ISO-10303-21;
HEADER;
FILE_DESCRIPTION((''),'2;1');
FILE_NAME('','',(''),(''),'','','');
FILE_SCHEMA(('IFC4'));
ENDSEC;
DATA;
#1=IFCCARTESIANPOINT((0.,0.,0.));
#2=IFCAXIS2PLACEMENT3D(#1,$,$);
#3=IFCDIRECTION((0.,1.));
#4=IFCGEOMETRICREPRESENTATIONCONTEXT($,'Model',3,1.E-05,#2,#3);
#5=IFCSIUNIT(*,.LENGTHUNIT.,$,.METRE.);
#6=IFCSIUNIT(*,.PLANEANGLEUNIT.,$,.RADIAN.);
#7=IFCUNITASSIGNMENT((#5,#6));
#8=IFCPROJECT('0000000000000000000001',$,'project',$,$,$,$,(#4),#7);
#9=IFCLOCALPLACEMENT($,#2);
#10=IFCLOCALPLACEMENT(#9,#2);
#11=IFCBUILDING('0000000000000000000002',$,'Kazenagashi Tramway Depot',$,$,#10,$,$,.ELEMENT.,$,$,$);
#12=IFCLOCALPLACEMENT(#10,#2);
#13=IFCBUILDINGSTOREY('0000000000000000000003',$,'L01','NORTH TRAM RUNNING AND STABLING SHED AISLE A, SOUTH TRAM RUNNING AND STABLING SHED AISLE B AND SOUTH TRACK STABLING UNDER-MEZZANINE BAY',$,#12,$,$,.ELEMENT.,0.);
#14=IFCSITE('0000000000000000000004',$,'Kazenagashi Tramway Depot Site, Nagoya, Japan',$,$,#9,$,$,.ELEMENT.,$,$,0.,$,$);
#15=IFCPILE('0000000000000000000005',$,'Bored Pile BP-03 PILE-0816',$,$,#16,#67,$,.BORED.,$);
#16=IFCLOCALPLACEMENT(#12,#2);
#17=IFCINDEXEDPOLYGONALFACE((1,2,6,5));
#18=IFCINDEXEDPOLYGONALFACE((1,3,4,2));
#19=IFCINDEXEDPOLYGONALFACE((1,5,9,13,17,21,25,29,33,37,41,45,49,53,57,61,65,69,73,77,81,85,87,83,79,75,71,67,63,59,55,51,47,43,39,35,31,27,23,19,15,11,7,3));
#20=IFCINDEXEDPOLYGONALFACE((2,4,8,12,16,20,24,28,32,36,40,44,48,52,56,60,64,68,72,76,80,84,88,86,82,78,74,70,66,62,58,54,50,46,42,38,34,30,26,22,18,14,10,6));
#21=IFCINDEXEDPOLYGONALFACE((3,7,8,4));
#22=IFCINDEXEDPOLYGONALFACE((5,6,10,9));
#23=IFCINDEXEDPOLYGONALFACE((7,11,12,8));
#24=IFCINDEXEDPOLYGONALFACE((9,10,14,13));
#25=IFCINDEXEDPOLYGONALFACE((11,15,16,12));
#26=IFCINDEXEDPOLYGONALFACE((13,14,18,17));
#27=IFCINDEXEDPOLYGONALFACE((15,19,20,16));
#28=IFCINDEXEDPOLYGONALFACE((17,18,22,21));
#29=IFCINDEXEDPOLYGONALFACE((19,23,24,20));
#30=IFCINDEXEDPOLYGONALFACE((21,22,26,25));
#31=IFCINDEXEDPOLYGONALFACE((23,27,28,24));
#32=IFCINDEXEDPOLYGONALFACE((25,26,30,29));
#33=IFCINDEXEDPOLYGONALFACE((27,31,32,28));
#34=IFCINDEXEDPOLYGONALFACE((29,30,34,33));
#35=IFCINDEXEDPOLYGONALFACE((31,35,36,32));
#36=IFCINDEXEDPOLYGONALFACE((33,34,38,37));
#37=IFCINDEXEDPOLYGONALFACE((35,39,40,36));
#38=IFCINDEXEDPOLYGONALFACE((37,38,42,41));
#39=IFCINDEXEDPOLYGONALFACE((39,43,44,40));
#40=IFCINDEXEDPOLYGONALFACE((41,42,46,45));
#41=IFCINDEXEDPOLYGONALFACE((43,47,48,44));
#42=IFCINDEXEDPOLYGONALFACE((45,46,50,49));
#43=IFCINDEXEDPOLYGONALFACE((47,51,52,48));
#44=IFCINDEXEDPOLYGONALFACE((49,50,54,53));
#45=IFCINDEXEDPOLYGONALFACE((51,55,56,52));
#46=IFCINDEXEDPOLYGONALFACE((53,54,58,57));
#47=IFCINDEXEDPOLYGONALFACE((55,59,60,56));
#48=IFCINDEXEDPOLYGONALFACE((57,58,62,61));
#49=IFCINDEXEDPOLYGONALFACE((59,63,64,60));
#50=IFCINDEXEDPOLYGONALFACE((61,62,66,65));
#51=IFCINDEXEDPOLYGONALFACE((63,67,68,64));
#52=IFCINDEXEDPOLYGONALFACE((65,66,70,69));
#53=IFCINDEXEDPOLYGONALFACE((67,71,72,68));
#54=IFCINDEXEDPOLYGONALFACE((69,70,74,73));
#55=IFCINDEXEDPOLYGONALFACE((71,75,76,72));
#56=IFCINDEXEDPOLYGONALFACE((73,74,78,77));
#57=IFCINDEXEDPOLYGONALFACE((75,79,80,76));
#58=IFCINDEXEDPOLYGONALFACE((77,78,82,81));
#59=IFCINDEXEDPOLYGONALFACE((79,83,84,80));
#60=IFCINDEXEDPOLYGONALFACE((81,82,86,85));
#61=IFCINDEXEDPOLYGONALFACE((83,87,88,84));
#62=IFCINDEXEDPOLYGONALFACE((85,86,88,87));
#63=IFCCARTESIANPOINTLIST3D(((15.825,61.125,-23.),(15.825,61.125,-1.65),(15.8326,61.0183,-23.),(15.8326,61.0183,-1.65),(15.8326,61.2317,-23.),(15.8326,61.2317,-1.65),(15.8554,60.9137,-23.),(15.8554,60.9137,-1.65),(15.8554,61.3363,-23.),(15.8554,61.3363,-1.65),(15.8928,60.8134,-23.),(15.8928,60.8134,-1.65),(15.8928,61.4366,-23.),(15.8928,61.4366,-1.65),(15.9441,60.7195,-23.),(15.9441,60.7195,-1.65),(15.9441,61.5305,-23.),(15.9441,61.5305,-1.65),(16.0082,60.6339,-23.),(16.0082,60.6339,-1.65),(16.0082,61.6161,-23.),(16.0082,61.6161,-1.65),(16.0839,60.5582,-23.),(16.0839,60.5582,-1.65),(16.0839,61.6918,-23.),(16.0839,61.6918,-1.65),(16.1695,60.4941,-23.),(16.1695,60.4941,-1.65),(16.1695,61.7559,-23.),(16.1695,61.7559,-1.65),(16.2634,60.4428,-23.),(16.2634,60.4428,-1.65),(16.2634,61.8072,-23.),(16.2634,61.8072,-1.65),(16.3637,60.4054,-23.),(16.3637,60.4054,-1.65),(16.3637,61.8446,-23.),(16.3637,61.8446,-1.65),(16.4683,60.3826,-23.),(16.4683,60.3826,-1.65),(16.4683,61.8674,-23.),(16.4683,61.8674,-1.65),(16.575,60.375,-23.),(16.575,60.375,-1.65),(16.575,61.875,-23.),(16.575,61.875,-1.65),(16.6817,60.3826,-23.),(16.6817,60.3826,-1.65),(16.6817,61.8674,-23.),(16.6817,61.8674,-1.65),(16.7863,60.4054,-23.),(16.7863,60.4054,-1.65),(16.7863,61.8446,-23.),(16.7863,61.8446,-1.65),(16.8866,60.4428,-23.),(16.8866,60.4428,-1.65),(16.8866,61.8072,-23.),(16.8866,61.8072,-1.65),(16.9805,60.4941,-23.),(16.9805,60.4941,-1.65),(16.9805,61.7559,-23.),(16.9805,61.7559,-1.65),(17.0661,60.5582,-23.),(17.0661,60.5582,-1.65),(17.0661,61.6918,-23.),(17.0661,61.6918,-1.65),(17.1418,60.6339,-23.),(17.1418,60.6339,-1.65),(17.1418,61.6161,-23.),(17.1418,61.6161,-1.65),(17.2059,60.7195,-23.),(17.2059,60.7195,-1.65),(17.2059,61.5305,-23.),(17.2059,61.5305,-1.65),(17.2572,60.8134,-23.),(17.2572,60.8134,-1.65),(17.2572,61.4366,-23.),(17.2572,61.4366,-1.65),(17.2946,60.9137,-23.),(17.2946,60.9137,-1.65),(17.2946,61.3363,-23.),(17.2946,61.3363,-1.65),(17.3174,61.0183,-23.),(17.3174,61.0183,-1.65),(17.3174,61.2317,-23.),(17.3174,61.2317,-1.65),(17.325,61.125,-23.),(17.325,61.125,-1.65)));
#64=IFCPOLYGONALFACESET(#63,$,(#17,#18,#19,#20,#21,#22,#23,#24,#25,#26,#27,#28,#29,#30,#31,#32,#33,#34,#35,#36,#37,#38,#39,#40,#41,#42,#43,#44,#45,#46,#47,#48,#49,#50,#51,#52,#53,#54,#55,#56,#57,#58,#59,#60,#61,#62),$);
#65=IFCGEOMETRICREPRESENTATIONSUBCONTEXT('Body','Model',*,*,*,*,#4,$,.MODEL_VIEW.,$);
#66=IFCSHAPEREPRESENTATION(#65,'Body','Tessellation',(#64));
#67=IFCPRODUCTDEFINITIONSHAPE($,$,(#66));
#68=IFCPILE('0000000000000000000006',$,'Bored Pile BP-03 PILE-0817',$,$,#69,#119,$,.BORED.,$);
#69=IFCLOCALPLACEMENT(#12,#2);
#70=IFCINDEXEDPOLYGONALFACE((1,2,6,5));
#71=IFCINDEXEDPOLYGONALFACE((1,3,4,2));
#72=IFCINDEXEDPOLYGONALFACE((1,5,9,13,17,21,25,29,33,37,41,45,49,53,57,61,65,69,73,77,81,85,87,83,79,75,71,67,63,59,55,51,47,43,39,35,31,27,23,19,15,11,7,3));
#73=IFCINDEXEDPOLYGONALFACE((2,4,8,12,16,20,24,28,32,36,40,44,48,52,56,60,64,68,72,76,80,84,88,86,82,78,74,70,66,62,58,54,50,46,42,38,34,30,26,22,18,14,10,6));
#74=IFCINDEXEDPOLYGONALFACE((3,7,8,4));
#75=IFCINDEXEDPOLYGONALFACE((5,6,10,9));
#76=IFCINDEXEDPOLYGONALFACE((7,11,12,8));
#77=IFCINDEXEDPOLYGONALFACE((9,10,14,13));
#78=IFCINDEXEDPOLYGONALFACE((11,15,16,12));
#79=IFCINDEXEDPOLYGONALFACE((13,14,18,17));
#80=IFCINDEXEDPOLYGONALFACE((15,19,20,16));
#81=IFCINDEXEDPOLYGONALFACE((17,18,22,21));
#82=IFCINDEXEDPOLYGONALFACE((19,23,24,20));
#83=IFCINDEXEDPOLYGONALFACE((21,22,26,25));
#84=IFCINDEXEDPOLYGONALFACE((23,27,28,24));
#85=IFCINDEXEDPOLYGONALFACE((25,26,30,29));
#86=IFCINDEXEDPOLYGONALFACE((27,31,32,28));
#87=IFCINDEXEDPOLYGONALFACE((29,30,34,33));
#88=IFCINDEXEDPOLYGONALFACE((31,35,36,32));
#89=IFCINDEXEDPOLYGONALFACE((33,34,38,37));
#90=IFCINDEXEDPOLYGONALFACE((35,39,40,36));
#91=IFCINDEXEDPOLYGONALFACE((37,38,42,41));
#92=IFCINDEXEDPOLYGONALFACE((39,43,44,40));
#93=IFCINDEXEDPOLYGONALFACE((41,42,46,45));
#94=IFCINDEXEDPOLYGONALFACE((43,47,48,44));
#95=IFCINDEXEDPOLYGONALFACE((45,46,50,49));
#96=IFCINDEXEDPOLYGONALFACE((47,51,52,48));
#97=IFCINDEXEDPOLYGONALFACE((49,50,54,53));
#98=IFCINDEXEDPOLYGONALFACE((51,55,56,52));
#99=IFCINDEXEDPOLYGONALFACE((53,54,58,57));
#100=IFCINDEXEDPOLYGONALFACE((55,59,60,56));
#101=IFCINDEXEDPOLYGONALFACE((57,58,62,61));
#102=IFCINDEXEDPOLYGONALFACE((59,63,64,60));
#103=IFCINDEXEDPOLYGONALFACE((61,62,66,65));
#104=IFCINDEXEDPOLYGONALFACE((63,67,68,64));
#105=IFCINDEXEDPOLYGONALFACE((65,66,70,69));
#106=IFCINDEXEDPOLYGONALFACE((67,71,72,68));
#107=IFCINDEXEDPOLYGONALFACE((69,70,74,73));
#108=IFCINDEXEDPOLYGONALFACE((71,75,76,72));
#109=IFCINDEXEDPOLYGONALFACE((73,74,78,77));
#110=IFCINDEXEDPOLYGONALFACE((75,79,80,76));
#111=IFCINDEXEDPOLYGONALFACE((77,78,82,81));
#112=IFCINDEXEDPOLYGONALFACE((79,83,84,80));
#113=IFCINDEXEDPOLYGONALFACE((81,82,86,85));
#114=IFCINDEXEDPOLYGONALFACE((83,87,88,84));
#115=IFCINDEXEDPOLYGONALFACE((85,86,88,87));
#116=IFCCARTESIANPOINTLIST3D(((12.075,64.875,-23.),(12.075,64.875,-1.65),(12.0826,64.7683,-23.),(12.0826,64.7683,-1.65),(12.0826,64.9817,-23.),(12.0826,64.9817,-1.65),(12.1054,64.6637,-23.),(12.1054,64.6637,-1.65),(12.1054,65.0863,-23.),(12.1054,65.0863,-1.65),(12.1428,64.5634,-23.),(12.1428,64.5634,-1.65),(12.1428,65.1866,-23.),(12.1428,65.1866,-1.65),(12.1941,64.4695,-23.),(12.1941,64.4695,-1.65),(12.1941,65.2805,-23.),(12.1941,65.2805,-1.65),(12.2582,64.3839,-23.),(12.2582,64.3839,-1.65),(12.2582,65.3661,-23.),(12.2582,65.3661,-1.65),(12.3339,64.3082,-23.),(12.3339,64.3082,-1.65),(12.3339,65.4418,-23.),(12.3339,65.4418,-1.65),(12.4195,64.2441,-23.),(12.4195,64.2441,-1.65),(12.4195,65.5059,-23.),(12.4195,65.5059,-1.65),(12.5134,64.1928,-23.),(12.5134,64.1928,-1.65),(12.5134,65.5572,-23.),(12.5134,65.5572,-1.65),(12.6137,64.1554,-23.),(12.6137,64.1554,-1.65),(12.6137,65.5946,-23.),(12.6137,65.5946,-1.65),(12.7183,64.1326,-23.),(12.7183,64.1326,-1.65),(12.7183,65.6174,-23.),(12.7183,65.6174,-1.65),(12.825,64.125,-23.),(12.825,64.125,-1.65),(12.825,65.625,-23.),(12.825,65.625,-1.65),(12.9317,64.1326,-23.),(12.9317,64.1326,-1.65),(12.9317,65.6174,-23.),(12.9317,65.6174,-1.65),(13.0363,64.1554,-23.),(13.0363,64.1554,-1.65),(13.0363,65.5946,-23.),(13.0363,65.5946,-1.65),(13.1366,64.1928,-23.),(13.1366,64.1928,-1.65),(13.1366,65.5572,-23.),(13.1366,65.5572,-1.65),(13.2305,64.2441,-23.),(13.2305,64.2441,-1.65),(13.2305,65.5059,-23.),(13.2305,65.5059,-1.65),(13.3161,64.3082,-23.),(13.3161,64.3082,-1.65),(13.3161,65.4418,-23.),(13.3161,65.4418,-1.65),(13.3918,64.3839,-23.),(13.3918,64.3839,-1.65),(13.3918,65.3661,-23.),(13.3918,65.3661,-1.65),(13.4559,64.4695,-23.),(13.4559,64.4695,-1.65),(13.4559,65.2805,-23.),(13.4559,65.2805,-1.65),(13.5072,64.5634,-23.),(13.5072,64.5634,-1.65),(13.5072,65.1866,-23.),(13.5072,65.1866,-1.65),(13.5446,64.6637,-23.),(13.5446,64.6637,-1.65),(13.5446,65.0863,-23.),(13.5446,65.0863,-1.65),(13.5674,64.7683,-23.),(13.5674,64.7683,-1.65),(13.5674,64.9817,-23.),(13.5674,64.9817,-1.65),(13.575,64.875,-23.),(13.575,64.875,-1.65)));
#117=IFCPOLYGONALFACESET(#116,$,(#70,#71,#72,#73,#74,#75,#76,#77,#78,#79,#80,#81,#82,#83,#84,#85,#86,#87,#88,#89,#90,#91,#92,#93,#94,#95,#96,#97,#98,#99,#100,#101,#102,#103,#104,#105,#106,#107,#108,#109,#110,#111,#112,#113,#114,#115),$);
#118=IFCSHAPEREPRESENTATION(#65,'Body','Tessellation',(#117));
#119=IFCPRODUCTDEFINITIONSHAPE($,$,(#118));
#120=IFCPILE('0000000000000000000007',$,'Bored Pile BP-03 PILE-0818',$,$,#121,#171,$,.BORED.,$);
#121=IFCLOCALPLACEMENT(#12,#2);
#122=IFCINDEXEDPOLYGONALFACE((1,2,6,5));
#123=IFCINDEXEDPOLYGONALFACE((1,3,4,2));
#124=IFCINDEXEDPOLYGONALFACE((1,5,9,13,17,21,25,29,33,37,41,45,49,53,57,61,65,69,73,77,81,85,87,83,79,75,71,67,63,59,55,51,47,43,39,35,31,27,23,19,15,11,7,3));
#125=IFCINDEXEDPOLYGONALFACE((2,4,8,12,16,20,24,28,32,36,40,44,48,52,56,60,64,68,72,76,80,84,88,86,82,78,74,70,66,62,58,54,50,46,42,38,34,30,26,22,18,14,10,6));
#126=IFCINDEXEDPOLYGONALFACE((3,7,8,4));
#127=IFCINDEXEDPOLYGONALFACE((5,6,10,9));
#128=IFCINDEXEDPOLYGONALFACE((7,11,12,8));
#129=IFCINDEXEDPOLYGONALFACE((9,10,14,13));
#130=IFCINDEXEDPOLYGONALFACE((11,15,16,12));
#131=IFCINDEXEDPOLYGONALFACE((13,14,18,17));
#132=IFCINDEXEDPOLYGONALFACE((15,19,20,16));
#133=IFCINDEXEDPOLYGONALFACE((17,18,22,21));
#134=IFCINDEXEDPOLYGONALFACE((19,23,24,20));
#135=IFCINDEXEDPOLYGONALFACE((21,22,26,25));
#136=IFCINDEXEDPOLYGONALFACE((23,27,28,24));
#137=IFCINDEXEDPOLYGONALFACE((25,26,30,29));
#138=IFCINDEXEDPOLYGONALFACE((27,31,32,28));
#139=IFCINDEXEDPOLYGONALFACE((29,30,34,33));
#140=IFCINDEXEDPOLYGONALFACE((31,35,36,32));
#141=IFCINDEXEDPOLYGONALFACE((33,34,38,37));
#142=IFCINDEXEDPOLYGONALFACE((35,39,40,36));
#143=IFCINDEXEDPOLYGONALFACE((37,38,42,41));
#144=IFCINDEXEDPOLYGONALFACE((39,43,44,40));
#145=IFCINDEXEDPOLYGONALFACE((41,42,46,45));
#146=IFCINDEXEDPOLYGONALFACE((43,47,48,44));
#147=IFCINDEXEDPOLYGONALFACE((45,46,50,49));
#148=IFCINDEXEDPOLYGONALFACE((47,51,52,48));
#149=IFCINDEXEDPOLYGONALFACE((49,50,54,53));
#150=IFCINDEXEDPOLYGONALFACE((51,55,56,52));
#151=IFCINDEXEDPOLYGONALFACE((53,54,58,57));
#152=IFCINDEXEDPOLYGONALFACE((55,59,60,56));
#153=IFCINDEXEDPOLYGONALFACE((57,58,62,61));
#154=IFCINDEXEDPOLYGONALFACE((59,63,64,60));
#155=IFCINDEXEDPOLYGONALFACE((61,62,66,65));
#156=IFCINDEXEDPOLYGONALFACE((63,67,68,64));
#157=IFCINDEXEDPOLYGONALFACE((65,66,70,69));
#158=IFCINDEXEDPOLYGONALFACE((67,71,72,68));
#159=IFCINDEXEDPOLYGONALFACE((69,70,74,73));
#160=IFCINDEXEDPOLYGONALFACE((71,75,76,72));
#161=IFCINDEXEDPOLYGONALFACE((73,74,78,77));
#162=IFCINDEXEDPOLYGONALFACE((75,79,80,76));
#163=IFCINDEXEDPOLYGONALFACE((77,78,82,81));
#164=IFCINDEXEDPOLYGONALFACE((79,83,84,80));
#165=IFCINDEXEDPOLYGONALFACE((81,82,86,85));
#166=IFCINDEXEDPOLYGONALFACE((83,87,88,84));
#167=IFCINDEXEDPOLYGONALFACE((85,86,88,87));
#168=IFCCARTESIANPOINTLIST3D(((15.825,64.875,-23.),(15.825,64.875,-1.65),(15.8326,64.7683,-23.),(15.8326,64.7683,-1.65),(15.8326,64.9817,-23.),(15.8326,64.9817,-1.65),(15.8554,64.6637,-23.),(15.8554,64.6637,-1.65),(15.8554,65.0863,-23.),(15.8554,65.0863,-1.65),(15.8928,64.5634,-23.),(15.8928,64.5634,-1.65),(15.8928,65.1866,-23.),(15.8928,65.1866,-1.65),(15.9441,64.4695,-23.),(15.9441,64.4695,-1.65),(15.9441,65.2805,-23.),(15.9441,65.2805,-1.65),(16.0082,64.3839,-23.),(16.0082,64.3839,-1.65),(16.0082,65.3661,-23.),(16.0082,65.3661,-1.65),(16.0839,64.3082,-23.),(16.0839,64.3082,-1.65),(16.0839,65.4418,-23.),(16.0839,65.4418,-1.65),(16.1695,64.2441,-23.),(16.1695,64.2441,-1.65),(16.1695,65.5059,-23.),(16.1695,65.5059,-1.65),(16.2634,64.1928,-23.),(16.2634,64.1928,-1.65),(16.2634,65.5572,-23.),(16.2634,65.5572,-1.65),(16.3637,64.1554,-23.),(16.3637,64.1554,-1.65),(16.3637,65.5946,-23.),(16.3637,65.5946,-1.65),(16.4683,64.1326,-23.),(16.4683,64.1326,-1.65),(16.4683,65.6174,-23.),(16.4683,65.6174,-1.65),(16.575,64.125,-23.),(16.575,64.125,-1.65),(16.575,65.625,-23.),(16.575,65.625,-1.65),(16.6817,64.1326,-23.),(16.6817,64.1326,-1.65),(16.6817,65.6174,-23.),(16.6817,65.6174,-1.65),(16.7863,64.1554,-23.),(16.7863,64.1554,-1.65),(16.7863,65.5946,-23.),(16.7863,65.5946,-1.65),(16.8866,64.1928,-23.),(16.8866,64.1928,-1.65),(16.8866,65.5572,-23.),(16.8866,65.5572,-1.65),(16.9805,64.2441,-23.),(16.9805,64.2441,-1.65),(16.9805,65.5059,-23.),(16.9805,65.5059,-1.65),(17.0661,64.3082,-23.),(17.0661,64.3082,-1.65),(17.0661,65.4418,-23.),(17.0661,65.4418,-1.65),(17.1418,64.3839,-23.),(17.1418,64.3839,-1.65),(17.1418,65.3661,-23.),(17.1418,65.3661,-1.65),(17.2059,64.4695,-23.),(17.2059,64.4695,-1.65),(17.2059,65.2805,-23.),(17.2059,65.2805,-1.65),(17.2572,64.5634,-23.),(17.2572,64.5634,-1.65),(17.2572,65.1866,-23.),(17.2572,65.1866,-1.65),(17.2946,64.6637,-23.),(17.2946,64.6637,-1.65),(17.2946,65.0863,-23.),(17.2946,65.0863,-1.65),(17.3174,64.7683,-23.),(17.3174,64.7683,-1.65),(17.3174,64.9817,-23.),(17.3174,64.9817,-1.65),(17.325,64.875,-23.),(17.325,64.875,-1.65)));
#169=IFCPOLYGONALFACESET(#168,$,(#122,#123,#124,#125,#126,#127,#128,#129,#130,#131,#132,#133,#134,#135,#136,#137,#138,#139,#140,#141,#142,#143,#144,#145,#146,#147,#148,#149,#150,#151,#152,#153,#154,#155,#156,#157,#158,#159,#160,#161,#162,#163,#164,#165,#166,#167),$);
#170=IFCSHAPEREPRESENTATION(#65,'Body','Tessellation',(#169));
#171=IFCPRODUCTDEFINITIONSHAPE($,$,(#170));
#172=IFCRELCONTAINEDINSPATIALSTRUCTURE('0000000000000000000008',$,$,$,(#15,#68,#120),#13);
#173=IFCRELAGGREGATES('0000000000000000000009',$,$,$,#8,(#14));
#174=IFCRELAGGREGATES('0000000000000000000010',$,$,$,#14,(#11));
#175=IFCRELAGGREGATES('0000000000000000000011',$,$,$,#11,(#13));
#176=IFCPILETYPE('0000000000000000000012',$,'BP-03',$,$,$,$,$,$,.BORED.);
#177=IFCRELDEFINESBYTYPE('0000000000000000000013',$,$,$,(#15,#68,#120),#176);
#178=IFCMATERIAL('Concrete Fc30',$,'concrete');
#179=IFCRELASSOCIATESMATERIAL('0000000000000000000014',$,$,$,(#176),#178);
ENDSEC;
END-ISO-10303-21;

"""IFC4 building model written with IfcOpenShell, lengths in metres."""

from ifc_helpers import new_model, si_unit, direction, frame, origin, origin_2d, place, context, subcontext, project, spatial, circle, extrude, material, material_profile, profile_set, type_object, element, save


model = new_model("IFC4")

# Units and contexts
model_context = context("Model", 3, precision=1e-05, world=origin(), true_north=direction((0.0, 1.0)))
body_context = subcontext(model_context, "Body", "Model", "MODEL_VIEW")
ifc_project = project(units=[si_unit("LENGTHUNIT", "METRE"), si_unit("PLANEANGLEUNIT", "RADIAN")], contexts=[model_context])

# Site, building, storey
site_placement = place(None, origin())
site = spatial("IfcSite", under=ifc_project, at=site_placement, Name="Kazenagashi Tramway Depot Site, Nagoya, Japan", CompositionType="ELEMENT", RefElevation=0.0)
building_placement = place(site_placement, origin())
building = spatial("IfcBuilding", under=site, at=building_placement, Name="Kazenagashi Tramway Depot", CompositionType="ELEMENT")
storey_placement = place(building_placement, origin())
storey = spatial("IfcBuildingStorey", under=building, at=storey_placement, Name="L01", Description="NORTH TRAM RUNNING AND STABLING SHED AISLE A, SOUTH TRAM RUNNING AND STABLING SHED AISLE B AND SOUTH TRACK STABLING UNDER-MEZZANINE BAY", CompositionType="ELEMENT", Elevation=0.0)

# Piles
ifc_material_1 = material(Name="Concrete Fc30", Category="concrete")
ifc_material_profile_1 = material_profile(ifc_material_1, circle(Radius=0.75, at=origin_2d()), Name="PILE-1500")
ifc_profile_set_1 = profile_set([ifc_material_profile_1], Name="Concrete Fc30")
pile_type = type_object("IfcPileType", Name="BP-03", PredefinedType="BORED", material=ifc_profile_set_1)
for number, where, z_axis, x_axis, name in (
    (1, (16.575, 61.125, -1.65), (0.0, 0.0, -1.0), (1.0, 0.0, 0.0), "Bored Pile BP-03 PILE-0816"),
    (2, (12.825, 64.875, -1.65), (0.0, 0.0, -1.0), (1.0, 0.0, 0.0), "Bored Pile BP-03 PILE-0817"),
    (3, (16.575, 64.875, -1.65), (0.0, 0.0, -1.0), (1.0, 0.0, 0.0), "Bored Pile BP-03 PILE-0818"),
):
    element("IfcPile", number, at=place(storey_placement, frame(where, z_axis=z_axis, x_axis=x_axis)), inside=storey, type_object=pile_type, Name=name, PredefinedType="BORED", context=body_context, shape_type="SweptSolid", body=[
        extrude(circle(Radius=0.75, at=origin_2d()), origin(), (0.0, 0.0, 1.0), 21.35),
    ])

save(model, "model.ifc")
